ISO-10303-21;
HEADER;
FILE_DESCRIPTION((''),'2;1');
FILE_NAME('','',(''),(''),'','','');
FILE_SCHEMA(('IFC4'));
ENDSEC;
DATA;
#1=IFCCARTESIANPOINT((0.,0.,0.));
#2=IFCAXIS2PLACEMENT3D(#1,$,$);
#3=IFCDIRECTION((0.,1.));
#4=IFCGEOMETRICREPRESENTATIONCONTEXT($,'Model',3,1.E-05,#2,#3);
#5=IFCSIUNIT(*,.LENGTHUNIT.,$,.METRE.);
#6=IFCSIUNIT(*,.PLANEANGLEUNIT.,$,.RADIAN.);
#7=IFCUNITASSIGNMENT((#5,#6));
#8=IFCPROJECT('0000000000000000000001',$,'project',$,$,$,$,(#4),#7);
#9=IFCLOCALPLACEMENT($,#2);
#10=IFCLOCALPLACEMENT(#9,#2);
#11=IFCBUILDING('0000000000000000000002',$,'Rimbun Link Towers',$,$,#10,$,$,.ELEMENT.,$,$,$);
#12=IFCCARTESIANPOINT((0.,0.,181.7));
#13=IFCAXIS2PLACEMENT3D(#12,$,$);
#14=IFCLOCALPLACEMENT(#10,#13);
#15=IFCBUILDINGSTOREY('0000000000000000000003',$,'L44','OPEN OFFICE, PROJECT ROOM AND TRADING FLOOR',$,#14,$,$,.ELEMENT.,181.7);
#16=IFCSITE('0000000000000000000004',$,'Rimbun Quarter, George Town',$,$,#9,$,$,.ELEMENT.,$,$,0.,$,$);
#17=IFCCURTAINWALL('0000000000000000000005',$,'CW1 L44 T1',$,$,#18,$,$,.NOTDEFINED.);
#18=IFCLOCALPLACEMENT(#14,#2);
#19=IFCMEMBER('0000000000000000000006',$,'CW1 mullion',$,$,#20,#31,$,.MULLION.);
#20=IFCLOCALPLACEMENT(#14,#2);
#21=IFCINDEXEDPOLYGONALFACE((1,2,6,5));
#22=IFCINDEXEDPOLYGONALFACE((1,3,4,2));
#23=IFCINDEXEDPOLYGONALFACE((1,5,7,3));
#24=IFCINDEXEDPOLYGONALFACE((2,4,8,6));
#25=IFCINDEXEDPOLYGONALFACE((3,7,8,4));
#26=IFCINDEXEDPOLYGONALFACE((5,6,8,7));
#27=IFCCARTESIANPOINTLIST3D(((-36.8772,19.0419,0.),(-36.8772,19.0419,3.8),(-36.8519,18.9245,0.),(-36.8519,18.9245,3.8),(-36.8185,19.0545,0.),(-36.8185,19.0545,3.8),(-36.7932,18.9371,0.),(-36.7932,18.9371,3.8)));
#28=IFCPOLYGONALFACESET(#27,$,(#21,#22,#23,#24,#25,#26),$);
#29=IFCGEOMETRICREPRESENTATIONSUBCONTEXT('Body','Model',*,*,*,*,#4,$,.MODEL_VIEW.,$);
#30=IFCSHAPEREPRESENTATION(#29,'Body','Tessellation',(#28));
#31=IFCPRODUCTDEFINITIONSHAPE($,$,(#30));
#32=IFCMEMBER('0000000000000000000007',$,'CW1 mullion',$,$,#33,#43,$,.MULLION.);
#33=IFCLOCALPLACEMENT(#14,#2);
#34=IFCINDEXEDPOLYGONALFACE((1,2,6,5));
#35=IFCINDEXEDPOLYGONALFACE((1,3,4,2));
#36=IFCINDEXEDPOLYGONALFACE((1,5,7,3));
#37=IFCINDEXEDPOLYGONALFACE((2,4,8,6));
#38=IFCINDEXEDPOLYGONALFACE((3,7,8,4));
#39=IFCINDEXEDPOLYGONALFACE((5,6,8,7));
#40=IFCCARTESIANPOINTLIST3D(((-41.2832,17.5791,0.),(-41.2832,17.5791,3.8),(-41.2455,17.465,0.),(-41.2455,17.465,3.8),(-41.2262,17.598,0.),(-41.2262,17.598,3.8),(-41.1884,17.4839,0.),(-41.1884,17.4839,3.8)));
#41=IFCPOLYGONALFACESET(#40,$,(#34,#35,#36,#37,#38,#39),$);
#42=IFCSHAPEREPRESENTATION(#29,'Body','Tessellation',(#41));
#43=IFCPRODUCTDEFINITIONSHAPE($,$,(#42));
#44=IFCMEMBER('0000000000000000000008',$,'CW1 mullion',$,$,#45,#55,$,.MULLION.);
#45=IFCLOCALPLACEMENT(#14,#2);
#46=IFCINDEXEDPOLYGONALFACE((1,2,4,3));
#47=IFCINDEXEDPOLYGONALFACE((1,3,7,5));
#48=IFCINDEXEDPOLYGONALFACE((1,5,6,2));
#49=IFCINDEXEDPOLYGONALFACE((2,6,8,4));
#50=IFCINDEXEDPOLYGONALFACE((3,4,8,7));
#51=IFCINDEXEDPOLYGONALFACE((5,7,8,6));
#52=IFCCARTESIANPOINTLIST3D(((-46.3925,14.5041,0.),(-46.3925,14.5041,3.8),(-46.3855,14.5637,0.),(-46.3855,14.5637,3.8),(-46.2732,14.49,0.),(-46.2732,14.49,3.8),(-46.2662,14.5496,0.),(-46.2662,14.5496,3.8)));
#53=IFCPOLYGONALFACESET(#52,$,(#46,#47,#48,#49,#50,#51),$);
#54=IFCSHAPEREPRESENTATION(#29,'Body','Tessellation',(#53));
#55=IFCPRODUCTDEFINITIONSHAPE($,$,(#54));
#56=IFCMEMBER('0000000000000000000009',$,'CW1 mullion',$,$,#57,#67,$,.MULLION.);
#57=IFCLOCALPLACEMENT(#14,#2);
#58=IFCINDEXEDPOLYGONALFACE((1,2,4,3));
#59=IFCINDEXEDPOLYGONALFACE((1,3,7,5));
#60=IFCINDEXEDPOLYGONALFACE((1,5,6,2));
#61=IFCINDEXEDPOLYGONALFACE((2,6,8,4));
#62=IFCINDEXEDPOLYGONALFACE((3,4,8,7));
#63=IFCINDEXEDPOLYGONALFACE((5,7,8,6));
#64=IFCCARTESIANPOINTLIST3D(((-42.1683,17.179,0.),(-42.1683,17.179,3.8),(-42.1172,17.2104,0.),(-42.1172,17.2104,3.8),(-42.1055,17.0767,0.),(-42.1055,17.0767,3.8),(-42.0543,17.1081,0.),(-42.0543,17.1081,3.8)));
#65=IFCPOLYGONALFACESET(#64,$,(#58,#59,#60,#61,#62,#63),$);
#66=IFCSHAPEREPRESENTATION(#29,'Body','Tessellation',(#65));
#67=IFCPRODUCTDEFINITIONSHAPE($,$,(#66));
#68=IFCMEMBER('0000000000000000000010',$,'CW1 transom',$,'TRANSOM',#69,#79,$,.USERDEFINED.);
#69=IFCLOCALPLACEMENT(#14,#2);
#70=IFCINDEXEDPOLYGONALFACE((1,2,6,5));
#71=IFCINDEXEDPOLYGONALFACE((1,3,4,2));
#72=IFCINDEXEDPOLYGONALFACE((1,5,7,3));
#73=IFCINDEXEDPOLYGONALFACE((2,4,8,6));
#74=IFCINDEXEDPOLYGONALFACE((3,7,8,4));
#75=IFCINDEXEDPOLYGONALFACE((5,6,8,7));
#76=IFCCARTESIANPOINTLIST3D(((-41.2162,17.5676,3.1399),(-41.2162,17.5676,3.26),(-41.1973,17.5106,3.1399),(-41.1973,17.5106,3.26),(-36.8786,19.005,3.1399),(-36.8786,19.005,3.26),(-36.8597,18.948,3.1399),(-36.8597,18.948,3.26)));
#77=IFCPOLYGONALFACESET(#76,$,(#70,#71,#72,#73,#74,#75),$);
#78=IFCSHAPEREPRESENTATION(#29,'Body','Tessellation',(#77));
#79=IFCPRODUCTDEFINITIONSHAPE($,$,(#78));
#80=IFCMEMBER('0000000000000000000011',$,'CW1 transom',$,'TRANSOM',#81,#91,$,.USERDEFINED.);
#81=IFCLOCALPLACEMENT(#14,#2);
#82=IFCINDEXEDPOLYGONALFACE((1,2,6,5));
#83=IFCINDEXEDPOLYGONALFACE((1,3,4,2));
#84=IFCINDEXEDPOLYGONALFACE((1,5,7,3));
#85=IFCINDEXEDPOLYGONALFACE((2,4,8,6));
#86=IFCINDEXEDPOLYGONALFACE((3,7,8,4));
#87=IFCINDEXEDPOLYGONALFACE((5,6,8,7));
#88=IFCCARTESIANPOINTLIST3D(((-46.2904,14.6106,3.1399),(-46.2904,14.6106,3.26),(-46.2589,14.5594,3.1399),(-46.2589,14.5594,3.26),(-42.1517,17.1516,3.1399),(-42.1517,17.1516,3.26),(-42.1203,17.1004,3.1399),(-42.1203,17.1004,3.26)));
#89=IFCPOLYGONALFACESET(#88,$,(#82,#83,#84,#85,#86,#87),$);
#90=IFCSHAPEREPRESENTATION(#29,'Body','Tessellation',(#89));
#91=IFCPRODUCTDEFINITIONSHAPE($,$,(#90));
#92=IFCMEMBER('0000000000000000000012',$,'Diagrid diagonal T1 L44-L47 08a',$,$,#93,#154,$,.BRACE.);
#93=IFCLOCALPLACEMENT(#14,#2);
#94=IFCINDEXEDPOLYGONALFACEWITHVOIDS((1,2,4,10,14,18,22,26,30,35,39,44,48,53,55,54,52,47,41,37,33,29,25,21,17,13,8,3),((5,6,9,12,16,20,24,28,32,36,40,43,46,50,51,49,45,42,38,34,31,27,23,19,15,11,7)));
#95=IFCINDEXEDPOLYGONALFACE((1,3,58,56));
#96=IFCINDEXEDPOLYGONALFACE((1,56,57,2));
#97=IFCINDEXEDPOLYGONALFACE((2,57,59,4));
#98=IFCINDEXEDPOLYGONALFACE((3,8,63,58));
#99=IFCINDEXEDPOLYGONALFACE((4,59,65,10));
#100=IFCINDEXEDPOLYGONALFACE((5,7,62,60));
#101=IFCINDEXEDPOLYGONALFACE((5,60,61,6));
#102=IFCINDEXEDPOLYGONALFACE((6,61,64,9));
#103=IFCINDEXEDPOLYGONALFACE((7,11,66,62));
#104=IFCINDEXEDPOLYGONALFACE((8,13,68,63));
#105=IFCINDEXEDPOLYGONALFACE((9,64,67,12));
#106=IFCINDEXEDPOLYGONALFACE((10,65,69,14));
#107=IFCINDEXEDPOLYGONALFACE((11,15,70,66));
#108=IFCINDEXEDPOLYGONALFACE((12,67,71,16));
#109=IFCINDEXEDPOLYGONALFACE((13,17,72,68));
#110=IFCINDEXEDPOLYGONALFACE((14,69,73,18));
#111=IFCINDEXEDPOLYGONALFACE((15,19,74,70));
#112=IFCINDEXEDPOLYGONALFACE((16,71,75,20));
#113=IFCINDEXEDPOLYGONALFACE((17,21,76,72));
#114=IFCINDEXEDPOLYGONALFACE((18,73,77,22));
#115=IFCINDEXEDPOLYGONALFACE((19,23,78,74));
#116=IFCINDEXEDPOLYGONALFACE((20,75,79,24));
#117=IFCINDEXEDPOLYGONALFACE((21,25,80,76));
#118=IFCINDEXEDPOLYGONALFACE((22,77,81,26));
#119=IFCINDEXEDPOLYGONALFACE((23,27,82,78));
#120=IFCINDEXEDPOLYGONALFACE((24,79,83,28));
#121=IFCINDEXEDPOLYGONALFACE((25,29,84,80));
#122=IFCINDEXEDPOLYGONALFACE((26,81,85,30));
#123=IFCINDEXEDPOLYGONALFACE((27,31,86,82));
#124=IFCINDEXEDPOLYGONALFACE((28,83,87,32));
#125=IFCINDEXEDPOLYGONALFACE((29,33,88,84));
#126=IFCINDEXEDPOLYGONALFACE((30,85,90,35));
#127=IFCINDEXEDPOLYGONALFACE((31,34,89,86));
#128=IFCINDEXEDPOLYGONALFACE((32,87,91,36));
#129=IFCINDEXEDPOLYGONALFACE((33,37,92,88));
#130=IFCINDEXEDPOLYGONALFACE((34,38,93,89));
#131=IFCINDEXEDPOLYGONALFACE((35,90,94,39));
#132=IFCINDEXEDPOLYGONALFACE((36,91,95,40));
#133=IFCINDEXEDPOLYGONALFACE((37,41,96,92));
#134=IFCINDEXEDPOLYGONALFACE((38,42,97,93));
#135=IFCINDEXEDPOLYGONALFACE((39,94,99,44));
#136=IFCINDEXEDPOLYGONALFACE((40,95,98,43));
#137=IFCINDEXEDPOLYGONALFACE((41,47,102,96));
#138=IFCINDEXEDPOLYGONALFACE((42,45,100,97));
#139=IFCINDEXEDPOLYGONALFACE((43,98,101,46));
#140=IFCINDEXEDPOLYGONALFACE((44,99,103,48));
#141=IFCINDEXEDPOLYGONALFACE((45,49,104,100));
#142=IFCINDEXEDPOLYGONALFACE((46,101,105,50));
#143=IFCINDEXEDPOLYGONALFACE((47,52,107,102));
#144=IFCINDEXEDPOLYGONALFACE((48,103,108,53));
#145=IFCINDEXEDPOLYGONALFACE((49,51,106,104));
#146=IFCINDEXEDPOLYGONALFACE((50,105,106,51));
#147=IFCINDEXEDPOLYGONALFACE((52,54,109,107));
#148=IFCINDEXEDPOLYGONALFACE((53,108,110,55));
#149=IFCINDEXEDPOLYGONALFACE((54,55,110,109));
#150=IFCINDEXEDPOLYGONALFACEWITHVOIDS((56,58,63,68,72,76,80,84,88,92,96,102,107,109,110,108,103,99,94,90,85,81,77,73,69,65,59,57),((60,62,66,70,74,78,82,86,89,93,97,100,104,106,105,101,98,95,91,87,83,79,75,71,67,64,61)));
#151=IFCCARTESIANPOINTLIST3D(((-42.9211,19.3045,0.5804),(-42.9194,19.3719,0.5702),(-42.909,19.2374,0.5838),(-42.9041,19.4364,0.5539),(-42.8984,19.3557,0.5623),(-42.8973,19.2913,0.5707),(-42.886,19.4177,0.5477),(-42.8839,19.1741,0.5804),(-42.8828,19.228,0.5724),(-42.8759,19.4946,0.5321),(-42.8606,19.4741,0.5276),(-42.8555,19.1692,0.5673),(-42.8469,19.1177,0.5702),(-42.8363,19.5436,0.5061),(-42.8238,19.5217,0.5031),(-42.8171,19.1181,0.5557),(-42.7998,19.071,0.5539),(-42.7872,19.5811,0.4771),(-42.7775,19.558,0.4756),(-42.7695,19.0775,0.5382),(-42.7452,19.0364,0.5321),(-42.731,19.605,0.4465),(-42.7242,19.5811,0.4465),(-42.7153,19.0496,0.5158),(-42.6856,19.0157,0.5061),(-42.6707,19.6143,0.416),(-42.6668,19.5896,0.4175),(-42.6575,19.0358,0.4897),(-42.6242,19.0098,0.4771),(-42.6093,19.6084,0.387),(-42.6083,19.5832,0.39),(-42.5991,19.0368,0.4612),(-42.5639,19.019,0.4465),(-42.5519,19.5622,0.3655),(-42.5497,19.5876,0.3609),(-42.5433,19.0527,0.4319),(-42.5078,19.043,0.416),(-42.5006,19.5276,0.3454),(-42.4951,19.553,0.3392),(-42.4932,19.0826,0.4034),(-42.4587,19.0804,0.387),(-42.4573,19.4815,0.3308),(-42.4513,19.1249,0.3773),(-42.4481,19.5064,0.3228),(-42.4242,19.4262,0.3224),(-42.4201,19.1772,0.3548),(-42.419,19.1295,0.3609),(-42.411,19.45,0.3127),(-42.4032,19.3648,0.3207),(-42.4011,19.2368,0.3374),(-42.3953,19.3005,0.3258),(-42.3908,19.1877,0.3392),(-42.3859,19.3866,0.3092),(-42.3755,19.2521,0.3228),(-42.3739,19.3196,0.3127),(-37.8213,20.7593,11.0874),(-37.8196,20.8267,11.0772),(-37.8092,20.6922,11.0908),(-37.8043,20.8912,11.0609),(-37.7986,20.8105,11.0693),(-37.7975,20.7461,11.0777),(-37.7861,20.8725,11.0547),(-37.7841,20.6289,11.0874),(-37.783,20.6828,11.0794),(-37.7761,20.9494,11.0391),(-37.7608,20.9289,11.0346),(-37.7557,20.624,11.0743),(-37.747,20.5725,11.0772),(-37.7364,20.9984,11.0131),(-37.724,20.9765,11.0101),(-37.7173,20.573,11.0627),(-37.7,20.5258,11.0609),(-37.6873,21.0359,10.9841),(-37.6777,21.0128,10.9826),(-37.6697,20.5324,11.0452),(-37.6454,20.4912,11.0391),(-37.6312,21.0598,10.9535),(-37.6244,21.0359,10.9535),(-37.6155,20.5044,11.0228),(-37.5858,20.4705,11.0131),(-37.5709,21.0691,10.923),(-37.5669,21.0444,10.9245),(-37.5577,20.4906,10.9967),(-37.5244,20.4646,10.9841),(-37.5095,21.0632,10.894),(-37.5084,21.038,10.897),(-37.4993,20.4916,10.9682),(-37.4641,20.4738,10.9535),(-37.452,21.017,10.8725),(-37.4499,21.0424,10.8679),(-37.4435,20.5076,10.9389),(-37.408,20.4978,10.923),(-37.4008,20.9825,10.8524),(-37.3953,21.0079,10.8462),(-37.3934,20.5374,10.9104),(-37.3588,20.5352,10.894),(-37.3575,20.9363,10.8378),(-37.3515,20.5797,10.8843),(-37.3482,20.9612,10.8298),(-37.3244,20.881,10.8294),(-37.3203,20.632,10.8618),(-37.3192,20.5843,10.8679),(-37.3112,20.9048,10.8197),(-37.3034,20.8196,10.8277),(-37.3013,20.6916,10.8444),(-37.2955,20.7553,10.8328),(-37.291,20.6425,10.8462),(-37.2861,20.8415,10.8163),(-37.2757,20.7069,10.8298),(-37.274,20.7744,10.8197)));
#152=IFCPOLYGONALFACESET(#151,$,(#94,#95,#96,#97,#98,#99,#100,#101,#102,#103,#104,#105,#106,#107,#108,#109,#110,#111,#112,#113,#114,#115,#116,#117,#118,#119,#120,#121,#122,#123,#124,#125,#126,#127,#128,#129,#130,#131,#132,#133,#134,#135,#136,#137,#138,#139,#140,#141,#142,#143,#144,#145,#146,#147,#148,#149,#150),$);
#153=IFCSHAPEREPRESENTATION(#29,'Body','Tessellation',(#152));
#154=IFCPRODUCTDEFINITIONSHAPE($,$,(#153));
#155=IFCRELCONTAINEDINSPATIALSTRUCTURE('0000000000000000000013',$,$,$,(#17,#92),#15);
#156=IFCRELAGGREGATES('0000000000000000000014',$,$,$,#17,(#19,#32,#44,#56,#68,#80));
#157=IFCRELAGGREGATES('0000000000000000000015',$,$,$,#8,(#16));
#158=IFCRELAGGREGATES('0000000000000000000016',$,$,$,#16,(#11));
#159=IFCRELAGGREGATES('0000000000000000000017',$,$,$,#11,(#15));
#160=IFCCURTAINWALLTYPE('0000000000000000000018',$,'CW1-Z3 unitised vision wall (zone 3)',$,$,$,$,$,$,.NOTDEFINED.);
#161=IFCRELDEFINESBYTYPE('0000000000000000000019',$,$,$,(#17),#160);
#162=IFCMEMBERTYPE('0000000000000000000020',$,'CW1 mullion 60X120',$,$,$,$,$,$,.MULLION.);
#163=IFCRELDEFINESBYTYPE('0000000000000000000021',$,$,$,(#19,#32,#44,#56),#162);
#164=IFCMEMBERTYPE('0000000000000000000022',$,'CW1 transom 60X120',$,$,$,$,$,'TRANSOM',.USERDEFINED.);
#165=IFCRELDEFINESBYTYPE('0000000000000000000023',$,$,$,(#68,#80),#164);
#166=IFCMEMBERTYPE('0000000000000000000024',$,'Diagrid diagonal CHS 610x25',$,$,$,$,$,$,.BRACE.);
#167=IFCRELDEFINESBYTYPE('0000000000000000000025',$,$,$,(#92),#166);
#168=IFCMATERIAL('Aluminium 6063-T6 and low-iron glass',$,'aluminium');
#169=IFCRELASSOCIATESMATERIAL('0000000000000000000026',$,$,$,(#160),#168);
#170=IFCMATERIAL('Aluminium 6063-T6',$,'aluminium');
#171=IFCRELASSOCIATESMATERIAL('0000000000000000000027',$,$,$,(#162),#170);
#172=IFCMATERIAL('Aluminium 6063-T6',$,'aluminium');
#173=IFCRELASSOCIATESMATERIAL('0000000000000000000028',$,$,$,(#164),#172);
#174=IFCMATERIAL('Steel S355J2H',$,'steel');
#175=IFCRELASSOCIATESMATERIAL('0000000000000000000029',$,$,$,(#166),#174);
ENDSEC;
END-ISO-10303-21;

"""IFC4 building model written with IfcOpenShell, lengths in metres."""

from ifc_helpers import new_model, si_unit, direction, frame, origin, origin_2d, place, context, subcontext, project, spatial, rectangle, hollow_circle, extrude, material, material_profile, profile_set, type_object, element, aggregate, save


model = new_model("IFC4")

# Units and contexts
model_context = context("Model", 3, precision=1e-05, world=origin(), true_north=direction((0.0, 1.0)))
body_context = subcontext(model_context, "Body", "Model", "MODEL_VIEW")
ifc_project = project(units=[si_unit("LENGTHUNIT", "METRE"), si_unit("PLANEANGLEUNIT", "RADIAN")], contexts=[model_context])

# Site, building, storey
site_placement = place(None, origin())
site = spatial("IfcSite", under=ifc_project, at=site_placement, Name="Rimbun Quarter, George Town", CompositionType="ELEMENT", RefElevation=0.0)
building_placement = place(site_placement, origin())
building = spatial("IfcBuilding", under=site, at=building_placement, Name="Rimbun Link Towers", CompositionType="ELEMENT")
storey_placement = place(building_placement, frame((0.0, 0.0, 181.7)))
storey = spatial("IfcBuildingStorey", under=building, at=storey_placement, Name="L44", Description="OPEN OFFICE, PROJECT ROOM AND TRADING FLOOR", CompositionType="ELEMENT", Elevation=181.7)

# Curtain wall, members
ifc_material_1 = material(Name="Aluminium 6063-T6 and low-iron glass", Category="aluminium")
curtain_wall_type = type_object("IfcCurtainWallType", Name="CW1-Z3 unitised vision wall (zone 3)", PredefinedType="NOTDEFINED", material=ifc_material_1)
curtain_wall_placement = place(storey_placement, origin())
curtain_wall = element("IfcCurtainWall", 1, at=curtain_wall_placement, inside=storey, type_object=curtain_wall_type, Name="CW1 L44 T1", PredefinedType="NOTDEFINED")
ifc_material_2 = material(Name="Aluminium 6063-T6", Category="aluminium")
ifc_material_profile_1 = material_profile(ifc_material_2, rectangle(XDim=0.1201, YDim=0.0601, at=origin_2d()), Name="MULLION 60X120")
ifc_profile_set_1 = profile_set([ifc_material_profile_1], Name="Aluminium 6063-T6")
member_type_1 = type_object("IfcMemberType", Name="CW1 mullion 60X120", PredefinedType="MULLION", material=ifc_profile_set_1)
member_1_placement = place(storey_placement, frame((-36.8352, 18.9895, 0.0), z_axis=(0.0, 0.0, 1.0), x_axis=(-0.210877, 0.977513, 0.0)))
member_1 = element("IfcMember", 2, at=member_1_placement, type_object=member_type_1, Name="CW1 mullion", PredefinedType="MULLION", context=body_context, shape_type="SweptSolid", body=[
    extrude(rectangle(XDim=0.1201, YDim=0.0601, at=origin_2d()), origin(), (0.0, 0.0, 1.0), 3.8),
])
member_2_placement = place(storey_placement, frame((-41.2358, 17.5315, 0.0), z_axis=(0.0, 0.0, 1.0), x_axis=(-0.314565, 0.949236, 0.0)))
member_2 = element("IfcMember", 3, at=member_2_placement, type_object=member_type_1, Name="CW1 mullion", PredefinedType="MULLION", context=body_context, shape_type="SweptSolid", body=[
    extrude(rectangle(XDim=0.1201, YDim=0.0601, at=origin_2d()), origin(), (0.0, 0.0, 1.0), 3.8),
])
member_3_placement = place(storey_placement, frame((-46.3293, 14.5269, 0.0), z_axis=(0.0, 0.0, 1.0), x_axis=(-0.993119, 0.117109, 0.0)))
member_3 = element("IfcMember", 4, at=member_3_placement, type_object=member_type_1, Name="CW1 mullion", PredefinedType="MULLION", context=body_context, shape_type="SweptSolid", body=[
    extrude(rectangle(XDim=0.1201, YDim=0.0601, at=origin_2d()), origin(), (0.0, 0.0, 1.0), 3.8),
])
member_4_placement = place(storey_placement, frame((-42.1113, 17.1436, 0.0), z_axis=(0.0, 0.0, 1.0), x_axis=(-0.523235, 0.852189, 0.0)))
member_4 = element("IfcMember", 5, at=member_4_placement, type_object=member_type_1, Name="CW1 mullion", PredefinedType="MULLION", context=body_context, shape_type="SweptSolid", body=[
    extrude(rectangle(XDim=0.1201, YDim=0.0601, at=origin_2d()), origin(), (0.0, 0.0, 1.0), 3.8),
])
ifc_material_3 = material(Name="Aluminium 6063-T6", Category="aluminium")
ifc_material_profile_2 = material_profile(ifc_material_3, rectangle(XDim=0.0601, YDim=0.1201, at=origin_2d()), Name="TRANSOM 60X120")
ifc_profile_set_2 = profile_set([ifc_material_profile_2], Name="Aluminium 6063-T6")
member_type_2 = type_object("IfcMemberType", Name="CW1 transom 60X120", ElementType="TRANSOM", PredefinedType="USERDEFINED", material=ifc_profile_set_2)
member_5_placement = place(storey_placement, frame((-41.2068, 17.5391, 3.2), z_axis=(0.949232, 0.314576, 0.0), x_axis=(-0.314576, 0.949232, 0.0)))
member_5 = element("IfcMember", 6, at=member_5_placement, type_object=member_type_2, Name="CW1 transom", ObjectType="TRANSOM", PredefinedType="USERDEFINED", context=body_context, shape_type="SweptSolid", body=[
    extrude(rectangle(XDim=0.0601, YDim=0.1201, at=origin_2d()), origin(), (0.0, 0.0, 1.0), 4.5696),
])
member_6_placement = place(storey_placement, frame((-46.2747, 14.585, 3.2), z_axis=(0.852196, 0.523222, 0.0), x_axis=(-0.523222, 0.852196, 0.0)))
member_6 = element("IfcMember", 7, at=member_6_placement, type_object=member_type_2, Name="CW1 transom", ObjectType="TRANSOM", PredefinedType="USERDEFINED", context=body_context, shape_type="SweptSolid", body=[
    extrude(rectangle(XDim=0.0601, YDim=0.1201, at=origin_2d()), origin(), (0.0, 0.0, 1.0), 4.8564),
])

# Member
ifc_material_4 = material(Name="Steel S355J2H", Category="steel")
ifc_material_profile_3 = material_profile(ifc_material_4, hollow_circle(Radius=0.3047, WallThickness=0.0249, at=origin_2d()), Name="Diagrid diagonal CHS 610x25")
ifc_profile_set_3 = profile_set([ifc_material_profile_3], Name="Steel S355J2H")
member_type_3 = type_object("IfcMemberType", Name="Diagrid diagonal CHS 610x25", PredefinedType="BRACE", material=ifc_profile_set_3)
member_7_placement = place(storey_placement, frame((-42.6475, 19.312, 0.4465), z_axis=(0.433307, 0.123609, 0.892729), x_axis=(-0.274326, 0.961637, 0.0)))
element("IfcMember", 8, at=member_7_placement, inside=storey, type_object=member_type_3, Name="Diagrid diagonal T1 L44-L47 08a", PredefinedType="BRACE", context=body_context, shape_type="SweptSolid", body=[
    extrude(hollow_circle(Radius=0.3047, WallThickness=0.0249, at=origin_2d()), origin(), (0.0, 0.0, 1.0), 11.7695),
])

aggregate(curtain_wall, [member_1, member_2, member_3, member_4, member_5, member_6])

save(model, "model.ifc")
